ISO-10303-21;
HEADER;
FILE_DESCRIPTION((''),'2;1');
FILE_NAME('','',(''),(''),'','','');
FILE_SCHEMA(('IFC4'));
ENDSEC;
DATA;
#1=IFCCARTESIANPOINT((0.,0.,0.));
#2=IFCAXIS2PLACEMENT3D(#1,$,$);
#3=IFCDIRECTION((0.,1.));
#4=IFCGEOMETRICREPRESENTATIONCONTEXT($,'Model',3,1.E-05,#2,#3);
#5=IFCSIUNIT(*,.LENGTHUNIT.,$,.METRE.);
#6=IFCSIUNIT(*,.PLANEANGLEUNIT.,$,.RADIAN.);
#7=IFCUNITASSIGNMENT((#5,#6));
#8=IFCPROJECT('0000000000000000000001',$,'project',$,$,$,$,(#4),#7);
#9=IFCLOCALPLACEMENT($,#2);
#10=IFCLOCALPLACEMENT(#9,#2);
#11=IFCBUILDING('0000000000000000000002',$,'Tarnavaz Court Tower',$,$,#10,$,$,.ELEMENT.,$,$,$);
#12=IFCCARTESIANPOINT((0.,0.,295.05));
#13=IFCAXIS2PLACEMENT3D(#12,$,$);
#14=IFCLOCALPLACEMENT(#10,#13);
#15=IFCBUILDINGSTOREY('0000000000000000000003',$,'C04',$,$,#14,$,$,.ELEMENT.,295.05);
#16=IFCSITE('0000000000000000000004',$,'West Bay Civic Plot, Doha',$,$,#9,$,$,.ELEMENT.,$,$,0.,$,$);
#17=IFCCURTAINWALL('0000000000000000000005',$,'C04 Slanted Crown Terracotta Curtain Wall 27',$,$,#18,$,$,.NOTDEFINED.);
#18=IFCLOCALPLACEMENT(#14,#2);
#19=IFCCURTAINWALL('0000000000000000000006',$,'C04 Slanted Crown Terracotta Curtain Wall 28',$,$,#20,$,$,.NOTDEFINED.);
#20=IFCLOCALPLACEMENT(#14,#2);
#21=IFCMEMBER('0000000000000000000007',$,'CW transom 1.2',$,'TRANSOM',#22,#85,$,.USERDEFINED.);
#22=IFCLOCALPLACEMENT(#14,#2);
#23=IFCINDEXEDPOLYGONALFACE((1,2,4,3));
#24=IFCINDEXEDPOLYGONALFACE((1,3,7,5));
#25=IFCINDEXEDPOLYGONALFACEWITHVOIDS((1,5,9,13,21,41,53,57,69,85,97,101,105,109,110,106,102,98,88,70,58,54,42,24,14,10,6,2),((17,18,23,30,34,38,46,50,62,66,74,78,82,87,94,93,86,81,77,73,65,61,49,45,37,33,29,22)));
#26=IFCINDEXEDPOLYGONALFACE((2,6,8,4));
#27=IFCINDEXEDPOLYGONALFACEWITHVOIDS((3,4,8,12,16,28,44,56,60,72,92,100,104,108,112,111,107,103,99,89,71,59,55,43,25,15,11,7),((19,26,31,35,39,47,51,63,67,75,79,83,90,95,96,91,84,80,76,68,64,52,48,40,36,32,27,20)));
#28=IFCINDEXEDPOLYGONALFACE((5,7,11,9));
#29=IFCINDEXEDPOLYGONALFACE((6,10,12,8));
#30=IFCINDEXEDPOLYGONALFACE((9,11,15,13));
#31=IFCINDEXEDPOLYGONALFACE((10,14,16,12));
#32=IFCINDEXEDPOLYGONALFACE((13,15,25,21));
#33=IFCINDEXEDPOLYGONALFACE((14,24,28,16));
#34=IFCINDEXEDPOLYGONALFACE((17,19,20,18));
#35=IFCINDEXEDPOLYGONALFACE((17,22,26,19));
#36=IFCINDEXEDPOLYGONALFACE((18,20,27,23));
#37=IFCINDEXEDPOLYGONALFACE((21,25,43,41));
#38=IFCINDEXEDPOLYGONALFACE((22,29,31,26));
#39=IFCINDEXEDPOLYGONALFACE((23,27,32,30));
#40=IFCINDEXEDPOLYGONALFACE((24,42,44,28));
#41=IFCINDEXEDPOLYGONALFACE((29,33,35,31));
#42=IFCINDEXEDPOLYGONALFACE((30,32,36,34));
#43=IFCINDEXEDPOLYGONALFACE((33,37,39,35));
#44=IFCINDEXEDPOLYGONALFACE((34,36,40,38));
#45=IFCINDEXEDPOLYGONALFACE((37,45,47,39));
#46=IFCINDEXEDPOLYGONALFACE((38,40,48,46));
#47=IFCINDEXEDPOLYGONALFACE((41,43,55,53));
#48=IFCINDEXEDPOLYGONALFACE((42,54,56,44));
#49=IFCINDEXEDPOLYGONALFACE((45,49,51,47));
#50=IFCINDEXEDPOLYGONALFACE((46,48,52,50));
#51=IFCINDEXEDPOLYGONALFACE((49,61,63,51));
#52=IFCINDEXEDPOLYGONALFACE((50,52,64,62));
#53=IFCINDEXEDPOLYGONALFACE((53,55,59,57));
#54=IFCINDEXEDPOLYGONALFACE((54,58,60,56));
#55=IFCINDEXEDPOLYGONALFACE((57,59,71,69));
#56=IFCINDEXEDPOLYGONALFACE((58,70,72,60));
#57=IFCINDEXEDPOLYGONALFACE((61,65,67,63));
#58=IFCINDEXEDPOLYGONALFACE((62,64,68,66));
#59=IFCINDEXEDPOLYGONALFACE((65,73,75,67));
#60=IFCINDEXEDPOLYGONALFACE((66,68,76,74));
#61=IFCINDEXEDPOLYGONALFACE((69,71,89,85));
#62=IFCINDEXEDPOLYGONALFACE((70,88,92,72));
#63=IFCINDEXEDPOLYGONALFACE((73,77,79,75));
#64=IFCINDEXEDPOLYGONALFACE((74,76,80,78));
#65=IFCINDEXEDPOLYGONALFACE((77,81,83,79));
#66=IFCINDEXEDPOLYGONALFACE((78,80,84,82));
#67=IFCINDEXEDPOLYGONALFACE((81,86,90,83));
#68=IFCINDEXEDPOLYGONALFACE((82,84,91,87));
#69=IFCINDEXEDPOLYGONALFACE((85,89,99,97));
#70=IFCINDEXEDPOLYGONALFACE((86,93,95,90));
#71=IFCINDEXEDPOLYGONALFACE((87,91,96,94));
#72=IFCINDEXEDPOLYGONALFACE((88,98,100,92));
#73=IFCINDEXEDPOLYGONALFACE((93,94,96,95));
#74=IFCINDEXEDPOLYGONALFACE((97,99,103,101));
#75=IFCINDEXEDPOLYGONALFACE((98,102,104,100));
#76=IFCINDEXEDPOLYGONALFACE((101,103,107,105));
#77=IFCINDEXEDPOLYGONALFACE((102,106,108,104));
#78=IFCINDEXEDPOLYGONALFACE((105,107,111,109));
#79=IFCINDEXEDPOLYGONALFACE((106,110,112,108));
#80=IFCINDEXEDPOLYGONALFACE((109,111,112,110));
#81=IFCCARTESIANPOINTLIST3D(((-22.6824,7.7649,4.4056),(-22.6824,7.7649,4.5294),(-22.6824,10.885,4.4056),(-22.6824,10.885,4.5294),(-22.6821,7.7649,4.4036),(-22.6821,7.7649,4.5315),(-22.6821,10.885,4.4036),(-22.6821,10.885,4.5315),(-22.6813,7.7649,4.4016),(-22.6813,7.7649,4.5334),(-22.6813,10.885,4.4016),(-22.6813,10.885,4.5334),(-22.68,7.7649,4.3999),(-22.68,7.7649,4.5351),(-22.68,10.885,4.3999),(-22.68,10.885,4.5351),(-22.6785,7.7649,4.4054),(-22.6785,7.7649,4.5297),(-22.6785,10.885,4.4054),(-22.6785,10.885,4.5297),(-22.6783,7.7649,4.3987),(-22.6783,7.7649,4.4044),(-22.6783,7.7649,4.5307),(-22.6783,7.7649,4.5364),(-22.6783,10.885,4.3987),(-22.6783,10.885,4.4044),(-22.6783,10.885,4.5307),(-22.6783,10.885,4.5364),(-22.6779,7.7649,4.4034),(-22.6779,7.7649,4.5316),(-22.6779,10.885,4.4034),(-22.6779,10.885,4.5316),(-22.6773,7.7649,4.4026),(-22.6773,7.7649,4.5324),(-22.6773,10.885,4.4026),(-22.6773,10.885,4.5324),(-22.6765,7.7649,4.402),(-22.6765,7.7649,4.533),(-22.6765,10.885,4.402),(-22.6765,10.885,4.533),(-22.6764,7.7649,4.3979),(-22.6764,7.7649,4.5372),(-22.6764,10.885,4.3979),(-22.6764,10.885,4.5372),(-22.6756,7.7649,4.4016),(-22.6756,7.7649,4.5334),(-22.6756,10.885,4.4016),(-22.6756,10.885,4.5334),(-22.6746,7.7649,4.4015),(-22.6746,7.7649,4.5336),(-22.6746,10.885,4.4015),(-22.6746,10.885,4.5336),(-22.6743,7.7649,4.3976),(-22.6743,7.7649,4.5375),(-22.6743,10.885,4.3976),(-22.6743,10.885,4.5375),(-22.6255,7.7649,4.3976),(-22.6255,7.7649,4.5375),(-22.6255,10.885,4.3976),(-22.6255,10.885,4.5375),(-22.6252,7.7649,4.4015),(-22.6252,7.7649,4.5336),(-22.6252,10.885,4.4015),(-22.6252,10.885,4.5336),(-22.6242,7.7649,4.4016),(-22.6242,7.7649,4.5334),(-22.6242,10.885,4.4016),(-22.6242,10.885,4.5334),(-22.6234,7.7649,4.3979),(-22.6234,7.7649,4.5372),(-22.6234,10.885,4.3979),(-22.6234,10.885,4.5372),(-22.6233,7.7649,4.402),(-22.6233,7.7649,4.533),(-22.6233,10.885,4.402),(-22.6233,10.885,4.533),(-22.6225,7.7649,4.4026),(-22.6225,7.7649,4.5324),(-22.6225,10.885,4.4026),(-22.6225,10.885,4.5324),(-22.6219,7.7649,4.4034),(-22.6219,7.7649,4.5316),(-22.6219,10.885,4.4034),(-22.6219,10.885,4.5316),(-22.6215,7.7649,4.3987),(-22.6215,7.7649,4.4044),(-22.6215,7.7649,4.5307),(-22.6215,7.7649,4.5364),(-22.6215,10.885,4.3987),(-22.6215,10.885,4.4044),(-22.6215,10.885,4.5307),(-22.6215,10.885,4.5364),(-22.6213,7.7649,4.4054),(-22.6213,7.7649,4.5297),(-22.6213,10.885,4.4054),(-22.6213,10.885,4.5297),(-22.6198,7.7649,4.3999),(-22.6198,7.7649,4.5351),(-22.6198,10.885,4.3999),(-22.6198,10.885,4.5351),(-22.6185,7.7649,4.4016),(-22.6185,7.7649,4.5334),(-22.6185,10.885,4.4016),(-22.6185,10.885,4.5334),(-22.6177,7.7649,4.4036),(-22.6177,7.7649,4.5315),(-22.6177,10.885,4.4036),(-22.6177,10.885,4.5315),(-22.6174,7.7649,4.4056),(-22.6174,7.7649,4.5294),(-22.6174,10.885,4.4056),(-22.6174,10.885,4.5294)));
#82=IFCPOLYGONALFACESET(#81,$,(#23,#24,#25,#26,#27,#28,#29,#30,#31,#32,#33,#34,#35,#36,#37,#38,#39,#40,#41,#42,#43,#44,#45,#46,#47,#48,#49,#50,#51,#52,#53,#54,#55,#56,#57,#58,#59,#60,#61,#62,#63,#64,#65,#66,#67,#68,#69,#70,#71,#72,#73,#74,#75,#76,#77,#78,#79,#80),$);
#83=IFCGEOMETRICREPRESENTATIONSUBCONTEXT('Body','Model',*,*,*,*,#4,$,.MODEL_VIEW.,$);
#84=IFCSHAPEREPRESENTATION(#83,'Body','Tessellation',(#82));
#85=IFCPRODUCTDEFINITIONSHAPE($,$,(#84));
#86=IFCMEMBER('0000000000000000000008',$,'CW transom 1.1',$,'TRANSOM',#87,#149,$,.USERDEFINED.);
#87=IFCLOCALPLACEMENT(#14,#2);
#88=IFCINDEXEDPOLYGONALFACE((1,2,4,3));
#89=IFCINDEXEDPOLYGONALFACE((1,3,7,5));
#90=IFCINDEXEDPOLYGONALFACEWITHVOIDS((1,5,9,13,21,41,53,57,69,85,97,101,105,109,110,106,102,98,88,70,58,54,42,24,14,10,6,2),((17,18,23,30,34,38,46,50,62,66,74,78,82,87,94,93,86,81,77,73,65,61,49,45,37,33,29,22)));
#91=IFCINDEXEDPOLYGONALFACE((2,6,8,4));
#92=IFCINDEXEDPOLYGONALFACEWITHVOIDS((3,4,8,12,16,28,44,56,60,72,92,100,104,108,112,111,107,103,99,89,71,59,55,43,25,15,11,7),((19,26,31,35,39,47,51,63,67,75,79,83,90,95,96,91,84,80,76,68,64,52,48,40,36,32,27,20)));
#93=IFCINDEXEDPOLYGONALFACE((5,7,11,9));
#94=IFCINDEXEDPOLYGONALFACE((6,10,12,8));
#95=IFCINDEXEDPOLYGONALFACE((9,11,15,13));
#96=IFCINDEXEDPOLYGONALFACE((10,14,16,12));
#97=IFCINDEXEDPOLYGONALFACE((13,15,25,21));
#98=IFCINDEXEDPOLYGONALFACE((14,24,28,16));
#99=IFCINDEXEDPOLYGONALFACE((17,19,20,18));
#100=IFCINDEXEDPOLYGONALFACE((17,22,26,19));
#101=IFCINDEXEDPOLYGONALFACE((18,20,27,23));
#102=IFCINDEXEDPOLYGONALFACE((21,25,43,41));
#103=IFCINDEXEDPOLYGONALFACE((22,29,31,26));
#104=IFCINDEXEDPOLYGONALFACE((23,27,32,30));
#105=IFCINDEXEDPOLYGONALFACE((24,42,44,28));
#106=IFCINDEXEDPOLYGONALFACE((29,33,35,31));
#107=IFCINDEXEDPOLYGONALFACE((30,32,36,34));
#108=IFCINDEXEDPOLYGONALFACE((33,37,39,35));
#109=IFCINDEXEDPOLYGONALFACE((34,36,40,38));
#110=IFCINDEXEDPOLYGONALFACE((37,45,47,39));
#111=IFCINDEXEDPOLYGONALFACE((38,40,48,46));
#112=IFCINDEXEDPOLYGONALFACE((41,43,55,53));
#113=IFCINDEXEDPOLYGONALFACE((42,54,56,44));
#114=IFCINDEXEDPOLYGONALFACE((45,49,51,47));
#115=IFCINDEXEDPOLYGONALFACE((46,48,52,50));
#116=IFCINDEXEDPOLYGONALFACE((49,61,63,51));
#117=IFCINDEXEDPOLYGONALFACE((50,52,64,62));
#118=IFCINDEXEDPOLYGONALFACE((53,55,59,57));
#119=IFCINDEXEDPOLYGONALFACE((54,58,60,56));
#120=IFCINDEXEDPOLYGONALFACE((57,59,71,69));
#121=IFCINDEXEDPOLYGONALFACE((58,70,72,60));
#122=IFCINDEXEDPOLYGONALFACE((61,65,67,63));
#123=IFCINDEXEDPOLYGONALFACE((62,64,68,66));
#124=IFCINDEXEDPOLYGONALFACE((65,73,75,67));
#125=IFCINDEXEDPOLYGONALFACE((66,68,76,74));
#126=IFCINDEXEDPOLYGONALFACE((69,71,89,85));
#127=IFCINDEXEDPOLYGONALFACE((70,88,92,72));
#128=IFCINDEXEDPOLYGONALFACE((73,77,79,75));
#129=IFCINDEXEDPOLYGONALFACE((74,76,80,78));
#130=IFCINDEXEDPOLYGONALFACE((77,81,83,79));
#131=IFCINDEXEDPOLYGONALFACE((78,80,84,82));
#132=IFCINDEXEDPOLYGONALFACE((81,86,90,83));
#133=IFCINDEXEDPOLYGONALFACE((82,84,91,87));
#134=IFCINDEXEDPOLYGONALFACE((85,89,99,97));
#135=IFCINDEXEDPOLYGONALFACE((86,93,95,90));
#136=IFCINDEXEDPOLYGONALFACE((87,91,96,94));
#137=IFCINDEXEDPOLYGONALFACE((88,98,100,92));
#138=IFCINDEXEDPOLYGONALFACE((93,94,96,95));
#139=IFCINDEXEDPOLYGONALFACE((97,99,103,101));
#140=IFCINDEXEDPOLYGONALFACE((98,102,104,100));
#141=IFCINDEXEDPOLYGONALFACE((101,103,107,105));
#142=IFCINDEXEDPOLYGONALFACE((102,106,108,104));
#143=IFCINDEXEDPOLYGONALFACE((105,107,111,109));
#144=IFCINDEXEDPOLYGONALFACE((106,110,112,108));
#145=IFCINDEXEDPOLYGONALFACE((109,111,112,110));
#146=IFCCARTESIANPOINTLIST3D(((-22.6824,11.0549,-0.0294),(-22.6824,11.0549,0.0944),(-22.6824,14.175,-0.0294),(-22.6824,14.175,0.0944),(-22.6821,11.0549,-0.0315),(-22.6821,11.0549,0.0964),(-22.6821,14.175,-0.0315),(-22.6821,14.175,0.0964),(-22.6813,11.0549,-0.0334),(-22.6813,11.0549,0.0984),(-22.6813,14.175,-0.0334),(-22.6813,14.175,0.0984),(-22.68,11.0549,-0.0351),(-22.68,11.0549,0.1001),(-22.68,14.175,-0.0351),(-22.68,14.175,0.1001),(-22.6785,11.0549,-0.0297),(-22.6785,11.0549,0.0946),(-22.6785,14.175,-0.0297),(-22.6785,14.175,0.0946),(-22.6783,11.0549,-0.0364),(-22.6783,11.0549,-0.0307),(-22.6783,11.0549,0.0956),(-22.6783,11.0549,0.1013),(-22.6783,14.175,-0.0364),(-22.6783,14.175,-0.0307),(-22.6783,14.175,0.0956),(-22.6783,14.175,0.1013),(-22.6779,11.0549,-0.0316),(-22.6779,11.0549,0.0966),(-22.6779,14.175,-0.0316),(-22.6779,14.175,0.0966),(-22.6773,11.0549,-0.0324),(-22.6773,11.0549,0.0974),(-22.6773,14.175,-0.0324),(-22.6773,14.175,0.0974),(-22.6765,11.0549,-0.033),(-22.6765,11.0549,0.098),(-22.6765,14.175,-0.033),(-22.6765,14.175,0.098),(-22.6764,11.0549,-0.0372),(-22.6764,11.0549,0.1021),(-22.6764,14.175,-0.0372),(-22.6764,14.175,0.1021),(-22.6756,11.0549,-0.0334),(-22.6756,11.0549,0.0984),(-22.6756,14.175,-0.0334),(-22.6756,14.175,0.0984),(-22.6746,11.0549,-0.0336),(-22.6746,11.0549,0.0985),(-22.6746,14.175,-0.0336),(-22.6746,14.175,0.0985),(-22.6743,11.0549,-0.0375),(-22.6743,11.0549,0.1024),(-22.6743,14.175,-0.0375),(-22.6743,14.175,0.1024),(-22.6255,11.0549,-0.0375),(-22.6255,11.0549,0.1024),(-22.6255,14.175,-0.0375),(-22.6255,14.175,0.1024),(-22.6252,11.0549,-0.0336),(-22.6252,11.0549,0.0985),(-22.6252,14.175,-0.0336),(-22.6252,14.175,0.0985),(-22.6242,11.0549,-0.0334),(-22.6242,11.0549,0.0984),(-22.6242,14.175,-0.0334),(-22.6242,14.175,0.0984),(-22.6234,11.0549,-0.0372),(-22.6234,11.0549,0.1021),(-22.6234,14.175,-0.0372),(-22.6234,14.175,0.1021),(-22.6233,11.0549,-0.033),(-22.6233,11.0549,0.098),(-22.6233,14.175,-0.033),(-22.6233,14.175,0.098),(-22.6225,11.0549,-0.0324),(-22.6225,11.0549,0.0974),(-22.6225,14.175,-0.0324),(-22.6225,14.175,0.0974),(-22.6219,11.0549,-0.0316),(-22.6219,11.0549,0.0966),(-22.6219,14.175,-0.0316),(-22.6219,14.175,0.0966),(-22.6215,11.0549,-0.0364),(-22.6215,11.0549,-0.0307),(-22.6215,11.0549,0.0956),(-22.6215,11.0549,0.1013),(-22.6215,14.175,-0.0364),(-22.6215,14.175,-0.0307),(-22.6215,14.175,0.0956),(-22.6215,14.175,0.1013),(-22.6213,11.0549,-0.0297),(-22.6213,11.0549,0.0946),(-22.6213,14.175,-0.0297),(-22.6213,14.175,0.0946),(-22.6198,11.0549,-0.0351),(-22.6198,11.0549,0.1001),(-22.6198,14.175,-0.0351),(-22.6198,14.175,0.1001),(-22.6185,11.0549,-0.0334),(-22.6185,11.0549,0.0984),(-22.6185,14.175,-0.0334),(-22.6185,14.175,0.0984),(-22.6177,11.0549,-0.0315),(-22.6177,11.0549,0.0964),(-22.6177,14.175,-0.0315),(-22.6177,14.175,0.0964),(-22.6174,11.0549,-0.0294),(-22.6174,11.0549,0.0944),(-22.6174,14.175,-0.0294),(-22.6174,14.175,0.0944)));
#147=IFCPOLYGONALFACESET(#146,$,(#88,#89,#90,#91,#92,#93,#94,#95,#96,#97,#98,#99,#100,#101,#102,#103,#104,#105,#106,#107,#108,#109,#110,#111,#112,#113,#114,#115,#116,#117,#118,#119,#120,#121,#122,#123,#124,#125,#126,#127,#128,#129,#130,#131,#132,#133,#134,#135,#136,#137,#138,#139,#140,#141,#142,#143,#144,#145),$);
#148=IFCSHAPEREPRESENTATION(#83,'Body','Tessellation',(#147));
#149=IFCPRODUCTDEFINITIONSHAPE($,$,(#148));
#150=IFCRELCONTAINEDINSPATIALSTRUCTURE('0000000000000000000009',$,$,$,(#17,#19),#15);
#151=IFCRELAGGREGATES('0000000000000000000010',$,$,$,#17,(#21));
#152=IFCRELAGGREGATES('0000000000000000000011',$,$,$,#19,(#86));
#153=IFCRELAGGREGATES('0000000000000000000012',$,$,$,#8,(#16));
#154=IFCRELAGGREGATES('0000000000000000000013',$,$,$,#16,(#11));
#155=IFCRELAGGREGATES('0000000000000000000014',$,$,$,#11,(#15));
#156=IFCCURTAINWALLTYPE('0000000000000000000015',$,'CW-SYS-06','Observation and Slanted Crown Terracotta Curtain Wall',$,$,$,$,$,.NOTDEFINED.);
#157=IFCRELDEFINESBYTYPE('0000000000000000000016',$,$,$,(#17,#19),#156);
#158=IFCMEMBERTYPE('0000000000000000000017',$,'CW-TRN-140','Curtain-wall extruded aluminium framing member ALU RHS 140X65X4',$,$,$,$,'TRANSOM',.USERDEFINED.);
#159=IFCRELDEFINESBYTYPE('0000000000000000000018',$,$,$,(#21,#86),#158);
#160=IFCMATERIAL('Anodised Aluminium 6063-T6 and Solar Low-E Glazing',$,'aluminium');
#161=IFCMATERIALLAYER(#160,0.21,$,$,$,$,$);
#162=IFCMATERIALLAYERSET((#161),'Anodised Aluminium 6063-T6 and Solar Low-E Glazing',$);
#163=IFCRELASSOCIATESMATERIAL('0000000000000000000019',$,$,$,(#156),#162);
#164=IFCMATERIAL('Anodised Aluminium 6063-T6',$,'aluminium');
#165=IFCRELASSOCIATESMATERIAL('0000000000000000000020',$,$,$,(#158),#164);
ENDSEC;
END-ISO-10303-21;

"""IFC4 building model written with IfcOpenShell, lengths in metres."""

from ifc_helpers import new_model, si_unit, direction, frame, origin, origin_2d, place, context, subcontext, project, spatial, hollow_rectangle, extrude, material, layer, layer_set, material_profile, profile_set, type_object, element, aggregate, save


model = new_model("IFC4")

# Units and contexts
model_context = context("Model", 3, precision=1e-05, world=origin(), true_north=direction((0.0, 1.0)))
body_context = subcontext(model_context, "Body", "Model", "MODEL_VIEW")
ifc_project = project(units=[si_unit("LENGTHUNIT", "METRE"), si_unit("PLANEANGLEUNIT", "RADIAN")], contexts=[model_context])

# Site, building, storey
site_placement = place(None, origin())
site = spatial("IfcSite", under=ifc_project, at=site_placement, Name="West Bay Civic Plot, Doha", CompositionType="ELEMENT", RefElevation=0.0)
building_placement = place(site_placement, origin())
building = spatial("IfcBuilding", under=site, at=building_placement, Name="Tarnavaz Court Tower", CompositionType="ELEMENT")
storey_placement = place(building_placement, frame((0.0, 0.0, 295.05)))
storey = spatial("IfcBuildingStorey", under=building, at=storey_placement, Name="C04", CompositionType="ELEMENT", Elevation=295.05)

# Shared definitions
ifc_material_1 = material(Name="Anodised Aluminium 6063-T6 and Solar Low-E Glazing", Category="aluminium")
ifc_layer_1 = layer(ifc_material_1, 0.21)
ifc_layer_set_1 = layer_set([ifc_layer_1], Name="Anodised Aluminium 6063-T6 and Solar Low-E Glazing")
curtain_wall_type = type_object("IfcCurtainWallType", Name="CW-SYS-06", Description="Observation and Slanted Crown Terracotta Curtain Wall", PredefinedType="NOTDEFINED", material=ifc_layer_set_1)
ifc_material_2 = material(Name="Anodised Aluminium 6063-T6", Category="aluminium")

# Curtain walls
curtain_wall_1_placement = place(storey_placement, origin())
curtain_wall_1 = element("IfcCurtainWall", 1, at=curtain_wall_1_placement, inside=storey, type_object=curtain_wall_type, Name="C04 Slanted Crown Terracotta Curtain Wall 27", PredefinedType="NOTDEFINED")
curtain_wall_2_placement = place(storey_placement, origin())
curtain_wall_2 = element("IfcCurtainWall", 2, at=curtain_wall_2_placement, inside=storey, type_object=curtain_wall_type, Name="C04 Slanted Crown Terracotta Curtain Wall 28", PredefinedType="NOTDEFINED")

# Members
ifc_material_profile_1 = material_profile(ifc_material_2, hollow_rectangle(XDim=0.0649, YDim=0.1399, WallThickness=0.0039, InnerFilletRadius=0.0039, OuterFilletRadius=0.0081, at=origin_2d()), Name="ALU RHS 140X65X4")
ifc_profile_set_1 = profile_set([ifc_material_profile_1], Name="Anodised Aluminium 6063-T6")
member_type_1 = type_object("IfcMemberType", Name="CW-TRN-140", Description="Curtain-wall extruded aluminium framing member ALU RHS 140X65X4", ElementType="TRANSOM", PredefinedType="USERDEFINED", material=ifc_profile_set_1)
member_1_placement = place(storey_placement, frame((-22.6499, 7.7649, 4.4675), z_axis=(0.0, 1.0, 0.0), x_axis=(-1.0, 0.0, 0.0)))
member_1 = element("IfcMember", 3, at=member_1_placement, type_object=member_type_1, Name="CW transom 1.2", ObjectType="TRANSOM", PredefinedType="USERDEFINED", context=body_context, shape_type="SweptSolid", body=[
    extrude(hollow_rectangle(XDim=0.0649, YDim=0.1399, WallThickness=0.0039, InnerFilletRadius=0.0039, OuterFilletRadius=0.0081, at=origin_2d()), origin(), (0.0, 0.0, 1.0), 3.1201),
])
member_2_placement = place(storey_placement, frame((-22.6499, 11.0549, 0.0325), z_axis=(0.0, 1.0, 0.0), x_axis=(-1.0, 0.0, 0.0)))
member_2 = element("IfcMember", 4, at=member_2_placement, type_object=member_type_1, Name="CW transom 1.1", ObjectType="TRANSOM", PredefinedType="USERDEFINED", context=body_context, shape_type="SweptSolid", body=[
    extrude(hollow_rectangle(XDim=0.0649, YDim=0.1399, WallThickness=0.0039, InnerFilletRadius=0.0039, OuterFilletRadius=0.0081, at=origin_2d()), origin(), (0.0, 0.0, 1.0), 3.1201),
])

aggregate(curtain_wall_1, [member_1])
aggregate(curtain_wall_2, [member_2])

save(model, "model.ifc")
